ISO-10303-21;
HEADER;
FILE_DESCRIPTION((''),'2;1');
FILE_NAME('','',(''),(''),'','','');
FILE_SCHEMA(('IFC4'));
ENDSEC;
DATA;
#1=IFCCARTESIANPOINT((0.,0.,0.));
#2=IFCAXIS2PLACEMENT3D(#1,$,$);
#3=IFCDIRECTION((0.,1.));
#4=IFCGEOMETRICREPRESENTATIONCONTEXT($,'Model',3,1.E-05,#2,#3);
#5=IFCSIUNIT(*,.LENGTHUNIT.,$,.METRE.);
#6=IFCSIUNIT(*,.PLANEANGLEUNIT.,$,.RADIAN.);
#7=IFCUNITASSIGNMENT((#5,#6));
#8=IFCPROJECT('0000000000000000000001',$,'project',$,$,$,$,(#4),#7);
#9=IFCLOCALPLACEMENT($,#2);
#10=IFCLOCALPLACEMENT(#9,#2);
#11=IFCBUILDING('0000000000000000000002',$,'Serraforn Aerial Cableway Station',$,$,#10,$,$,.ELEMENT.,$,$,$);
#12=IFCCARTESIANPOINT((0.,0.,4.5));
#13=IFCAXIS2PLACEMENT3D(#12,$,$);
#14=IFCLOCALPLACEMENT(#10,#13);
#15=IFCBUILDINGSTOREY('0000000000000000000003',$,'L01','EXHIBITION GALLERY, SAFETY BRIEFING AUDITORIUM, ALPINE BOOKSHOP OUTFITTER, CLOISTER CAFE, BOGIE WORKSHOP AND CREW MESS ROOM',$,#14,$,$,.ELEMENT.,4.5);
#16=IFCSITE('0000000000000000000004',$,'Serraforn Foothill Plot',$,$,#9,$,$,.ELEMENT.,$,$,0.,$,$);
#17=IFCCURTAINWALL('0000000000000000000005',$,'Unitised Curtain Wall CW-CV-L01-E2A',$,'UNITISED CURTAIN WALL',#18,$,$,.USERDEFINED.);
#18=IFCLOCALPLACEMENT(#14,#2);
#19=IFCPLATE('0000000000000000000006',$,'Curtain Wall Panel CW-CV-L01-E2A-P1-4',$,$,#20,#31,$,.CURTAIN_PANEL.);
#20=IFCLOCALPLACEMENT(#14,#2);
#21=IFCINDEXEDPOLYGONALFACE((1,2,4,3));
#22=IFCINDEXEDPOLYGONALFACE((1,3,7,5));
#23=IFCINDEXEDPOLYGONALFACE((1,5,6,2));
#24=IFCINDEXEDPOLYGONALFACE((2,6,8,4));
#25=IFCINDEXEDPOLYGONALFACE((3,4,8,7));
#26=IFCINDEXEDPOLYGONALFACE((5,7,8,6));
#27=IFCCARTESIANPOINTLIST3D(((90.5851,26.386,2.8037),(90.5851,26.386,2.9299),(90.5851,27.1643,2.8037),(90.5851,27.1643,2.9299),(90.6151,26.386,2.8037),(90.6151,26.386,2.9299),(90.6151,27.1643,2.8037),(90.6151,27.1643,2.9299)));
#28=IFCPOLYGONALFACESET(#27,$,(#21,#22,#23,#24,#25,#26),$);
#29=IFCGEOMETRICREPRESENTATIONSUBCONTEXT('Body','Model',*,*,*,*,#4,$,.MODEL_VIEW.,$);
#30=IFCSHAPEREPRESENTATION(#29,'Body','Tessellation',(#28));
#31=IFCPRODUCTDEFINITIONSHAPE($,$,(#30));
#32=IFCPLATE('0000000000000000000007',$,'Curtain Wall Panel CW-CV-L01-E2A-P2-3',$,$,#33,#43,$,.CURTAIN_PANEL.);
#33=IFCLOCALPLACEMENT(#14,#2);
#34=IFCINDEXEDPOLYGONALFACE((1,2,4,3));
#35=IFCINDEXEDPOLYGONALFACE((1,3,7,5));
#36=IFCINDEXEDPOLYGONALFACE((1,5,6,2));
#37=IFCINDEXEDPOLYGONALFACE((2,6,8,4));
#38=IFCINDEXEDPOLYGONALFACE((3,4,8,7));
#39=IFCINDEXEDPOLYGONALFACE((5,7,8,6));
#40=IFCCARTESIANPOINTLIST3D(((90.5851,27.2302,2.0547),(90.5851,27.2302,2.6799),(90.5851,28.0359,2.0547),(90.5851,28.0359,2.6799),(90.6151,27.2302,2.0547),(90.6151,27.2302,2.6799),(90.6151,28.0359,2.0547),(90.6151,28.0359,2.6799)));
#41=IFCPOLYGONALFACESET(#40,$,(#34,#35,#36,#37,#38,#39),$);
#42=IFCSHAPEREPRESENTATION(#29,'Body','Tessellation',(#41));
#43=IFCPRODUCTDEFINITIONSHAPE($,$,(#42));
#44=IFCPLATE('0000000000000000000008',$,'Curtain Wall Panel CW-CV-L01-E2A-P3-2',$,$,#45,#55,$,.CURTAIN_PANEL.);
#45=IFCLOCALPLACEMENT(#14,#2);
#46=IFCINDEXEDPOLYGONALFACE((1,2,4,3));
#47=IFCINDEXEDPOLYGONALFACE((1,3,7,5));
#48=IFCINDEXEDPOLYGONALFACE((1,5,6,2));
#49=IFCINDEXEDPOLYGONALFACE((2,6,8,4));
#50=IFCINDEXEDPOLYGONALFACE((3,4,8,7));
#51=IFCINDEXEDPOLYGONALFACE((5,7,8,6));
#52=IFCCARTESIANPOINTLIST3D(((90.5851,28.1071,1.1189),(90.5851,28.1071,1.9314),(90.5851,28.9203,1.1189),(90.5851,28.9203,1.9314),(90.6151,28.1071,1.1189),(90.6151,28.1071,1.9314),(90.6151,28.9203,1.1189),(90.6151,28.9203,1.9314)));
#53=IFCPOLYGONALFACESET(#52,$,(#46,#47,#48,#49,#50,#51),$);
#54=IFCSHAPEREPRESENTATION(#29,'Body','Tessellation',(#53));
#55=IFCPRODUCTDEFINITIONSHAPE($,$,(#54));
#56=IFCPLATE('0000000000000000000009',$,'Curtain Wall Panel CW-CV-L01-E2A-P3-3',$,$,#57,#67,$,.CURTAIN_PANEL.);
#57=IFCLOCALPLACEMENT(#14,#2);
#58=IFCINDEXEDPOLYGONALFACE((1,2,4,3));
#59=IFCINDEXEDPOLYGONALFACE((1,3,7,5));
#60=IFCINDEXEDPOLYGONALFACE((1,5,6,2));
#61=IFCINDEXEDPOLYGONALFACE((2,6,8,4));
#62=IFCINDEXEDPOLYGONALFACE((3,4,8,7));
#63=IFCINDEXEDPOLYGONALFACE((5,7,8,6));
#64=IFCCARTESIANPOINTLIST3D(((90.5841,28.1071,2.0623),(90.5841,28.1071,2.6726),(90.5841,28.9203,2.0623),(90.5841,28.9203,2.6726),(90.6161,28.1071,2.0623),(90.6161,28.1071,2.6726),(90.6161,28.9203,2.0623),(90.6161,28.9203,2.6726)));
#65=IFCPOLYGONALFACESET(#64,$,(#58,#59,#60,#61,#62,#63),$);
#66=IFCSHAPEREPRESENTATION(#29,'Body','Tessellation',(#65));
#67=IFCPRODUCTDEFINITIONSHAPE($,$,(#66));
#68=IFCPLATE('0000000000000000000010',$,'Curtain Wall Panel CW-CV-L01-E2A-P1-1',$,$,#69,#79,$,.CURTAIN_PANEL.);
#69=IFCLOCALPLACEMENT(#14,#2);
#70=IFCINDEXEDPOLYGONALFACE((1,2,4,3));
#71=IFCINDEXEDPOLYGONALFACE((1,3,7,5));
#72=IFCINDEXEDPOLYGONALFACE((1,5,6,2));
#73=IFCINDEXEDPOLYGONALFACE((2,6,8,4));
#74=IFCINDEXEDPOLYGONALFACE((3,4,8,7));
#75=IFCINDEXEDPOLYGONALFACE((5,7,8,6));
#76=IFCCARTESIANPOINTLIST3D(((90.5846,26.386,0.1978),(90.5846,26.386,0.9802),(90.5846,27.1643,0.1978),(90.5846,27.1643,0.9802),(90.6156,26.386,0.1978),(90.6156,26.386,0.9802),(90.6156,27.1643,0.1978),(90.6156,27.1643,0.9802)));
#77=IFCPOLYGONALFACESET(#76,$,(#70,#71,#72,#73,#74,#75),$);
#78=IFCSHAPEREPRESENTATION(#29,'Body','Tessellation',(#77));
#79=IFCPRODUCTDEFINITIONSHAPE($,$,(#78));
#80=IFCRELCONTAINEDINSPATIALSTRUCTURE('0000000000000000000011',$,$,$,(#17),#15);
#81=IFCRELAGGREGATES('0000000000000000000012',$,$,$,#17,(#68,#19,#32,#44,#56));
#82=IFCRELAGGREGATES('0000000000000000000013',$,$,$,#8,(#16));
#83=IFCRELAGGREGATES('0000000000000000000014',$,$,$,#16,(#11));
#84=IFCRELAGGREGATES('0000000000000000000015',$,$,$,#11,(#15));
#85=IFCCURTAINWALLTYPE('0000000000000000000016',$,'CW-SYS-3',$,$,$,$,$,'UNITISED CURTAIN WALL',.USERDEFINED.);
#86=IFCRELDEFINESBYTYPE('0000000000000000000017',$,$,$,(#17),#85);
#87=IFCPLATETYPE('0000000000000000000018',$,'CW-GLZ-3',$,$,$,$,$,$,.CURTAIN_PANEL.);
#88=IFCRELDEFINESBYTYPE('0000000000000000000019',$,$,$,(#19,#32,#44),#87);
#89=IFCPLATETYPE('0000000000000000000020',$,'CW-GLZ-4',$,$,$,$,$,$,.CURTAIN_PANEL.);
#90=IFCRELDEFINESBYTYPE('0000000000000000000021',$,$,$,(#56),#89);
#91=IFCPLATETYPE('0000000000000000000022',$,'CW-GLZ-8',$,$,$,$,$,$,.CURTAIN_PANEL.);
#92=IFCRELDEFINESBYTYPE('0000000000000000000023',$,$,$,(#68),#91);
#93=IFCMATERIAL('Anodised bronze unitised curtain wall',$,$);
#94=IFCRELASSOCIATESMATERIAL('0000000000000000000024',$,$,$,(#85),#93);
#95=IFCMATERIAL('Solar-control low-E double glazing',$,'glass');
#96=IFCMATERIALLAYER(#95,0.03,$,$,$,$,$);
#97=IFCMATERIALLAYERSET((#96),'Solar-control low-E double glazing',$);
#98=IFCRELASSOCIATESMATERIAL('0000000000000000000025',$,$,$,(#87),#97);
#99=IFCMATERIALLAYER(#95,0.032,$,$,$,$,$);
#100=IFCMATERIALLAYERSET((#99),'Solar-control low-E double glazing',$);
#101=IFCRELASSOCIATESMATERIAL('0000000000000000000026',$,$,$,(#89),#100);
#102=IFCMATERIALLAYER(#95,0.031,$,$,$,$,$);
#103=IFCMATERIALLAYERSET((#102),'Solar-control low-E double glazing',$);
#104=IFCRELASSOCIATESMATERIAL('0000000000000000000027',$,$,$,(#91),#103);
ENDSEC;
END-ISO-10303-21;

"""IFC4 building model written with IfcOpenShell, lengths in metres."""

from ifc_helpers import new_model, si_unit, direction, frame, origin, origin_2d, place, context, subcontext, project, spatial, rectangle, extrude, material, layer, layer_set, type_object, element, aggregate, save


model = new_model("IFC4")

# Units and contexts
model_context = context("Model", 3, precision=1e-05, world=origin(), true_north=direction((0.0, 1.0)))
body_context = subcontext(model_context, "Body", "Model", "MODEL_VIEW")
ifc_project = project(units=[si_unit("LENGTHUNIT", "METRE"), si_unit("PLANEANGLEUNIT", "RADIAN")], contexts=[model_context])

# Site, building, storey
site_placement = place(None, origin())
site = spatial("IfcSite", under=ifc_project, at=site_placement, Name="Serraforn Foothill Plot", CompositionType="ELEMENT", RefElevation=0.0)
building_placement = place(site_placement, origin())
building = spatial("IfcBuilding", under=site, at=building_placement, Name="Serraforn Aerial Cableway Station", CompositionType="ELEMENT")
storey_placement = place(building_placement, frame((0.0, 0.0, 4.5)))
storey = spatial("IfcBuildingStorey", under=building, at=storey_placement, Name="L01", Description="EXHIBITION GALLERY, SAFETY BRIEFING AUDITORIUM, ALPINE BOOKSHOP OUTFITTER, CLOISTER CAFE, BOGIE WORKSHOP AND CREW MESS ROOM", CompositionType="ELEMENT", Elevation=4.5)

# Curtain wall, plates
ifc_material_1 = material(Name="Anodised bronze unitised curtain wall")
curtain_wall_type = type_object("IfcCurtainWallType", Name="CW-SYS-3", ElementType="UNITISED CURTAIN WALL", PredefinedType="USERDEFINED", material=ifc_material_1)
curtain_wall_placement = place(storey_placement, origin())
curtain_wall = element("IfcCurtainWall", 1, at=curtain_wall_placement, inside=storey, type_object=curtain_wall_type, Name="Unitised Curtain Wall CW-CV-L01-E2A", ObjectType="UNITISED CURTAIN WALL", PredefinedType="USERDEFINED")
ifc_material_2 = material(Name="Solar-control low-E double glazing", Category="glass")
ifc_layer_1 = layer(ifc_material_2, 0.03)
ifc_layer_set_1 = layer_set([ifc_layer_1], Name="Solar-control low-E double glazing")
plate_type_1 = type_object("IfcPlateType", Name="CW-GLZ-3", PredefinedType="CURTAIN_PANEL", material=ifc_layer_set_1)
plate_1_placement = place(storey_placement, frame((90.6001, 26.7751, 2.8037), z_axis=(0.0, 0.0, 1.0), x_axis=(1.0, 0.0, 0.0)))
plate_1 = element("IfcPlate", 2, at=plate_1_placement, type_object=plate_type_1, Name="Curtain Wall Panel CW-CV-L01-E2A-P1-4", PredefinedType="CURTAIN_PANEL", context=body_context, shape_type="SweptSolid", body=[
    extrude(rectangle(XDim=0.03, YDim=0.7783, at=origin_2d()), origin(), (0.0, 0.0, 1.0), 0.1262),
])
plate_2_placement = place(storey_placement, frame((90.6001, 27.6331, 2.0547), z_axis=(0.0, 0.0, 1.0), x_axis=(1.0, 0.0, 0.0)))
plate_2 = element("IfcPlate", 3, at=plate_2_placement, type_object=plate_type_1, Name="Curtain Wall Panel CW-CV-L01-E2A-P2-3", PredefinedType="CURTAIN_PANEL", context=body_context, shape_type="SweptSolid", body=[
    extrude(rectangle(XDim=0.03, YDim=0.8057, at=origin_2d()), origin(), (0.0, 0.0, 1.0), 0.6252),
])
plate_3_placement = place(storey_placement, frame((90.6001, 28.5137, 1.1189), z_axis=(0.0, 0.0, 1.0), x_axis=(1.0, 0.0, 0.0)))
plate_3 = element("IfcPlate", 4, at=plate_3_placement, type_object=plate_type_1, Name="Curtain Wall Panel CW-CV-L01-E2A-P3-2", PredefinedType="CURTAIN_PANEL", context=body_context, shape_type="SweptSolid", body=[
    extrude(rectangle(XDim=0.03, YDim=0.8132, at=origin_2d()), origin(), (0.0, 0.0, 1.0), 0.8125),
])
ifc_layer_2 = layer(ifc_material_2, 0.032)
ifc_layer_set_2 = layer_set([ifc_layer_2], Name="Solar-control low-E double glazing")
plate_type_2 = type_object("IfcPlateType", Name="CW-GLZ-4", PredefinedType="CURTAIN_PANEL", material=ifc_layer_set_2)
plate_4_placement = place(storey_placement, frame((90.6001, 28.5137, 2.0623), z_axis=(0.0, 0.0, 1.0), x_axis=(1.0, 0.0, 0.0)))
plate_4 = element("IfcPlate", 5, at=plate_4_placement, type_object=plate_type_2, Name="Curtain Wall Panel CW-CV-L01-E2A-P3-3", PredefinedType="CURTAIN_PANEL", context=body_context, shape_type="SweptSolid", body=[
    extrude(rectangle(XDim=0.032, YDim=0.8132, at=origin_2d()), origin(), (0.0, 0.0, 1.0), 0.6104),
])
ifc_layer_3 = layer(ifc_material_2, 0.031)
ifc_layer_set_3 = layer_set([ifc_layer_3], Name="Solar-control low-E double glazing")
plate_type_3 = type_object("IfcPlateType", Name="CW-GLZ-8", PredefinedType="CURTAIN_PANEL", material=ifc_layer_set_3)
plate_5_placement = place(storey_placement, frame((90.6001, 26.7751, 0.1978), z_axis=(0.0, 0.0, 1.0), x_axis=(1.0, 0.0, 0.0)))
plate_5 = element("IfcPlate", 6, at=plate_5_placement, type_object=plate_type_3, Name="Curtain Wall Panel CW-CV-L01-E2A-P1-1", PredefinedType="CURTAIN_PANEL", context=body_context, shape_type="SweptSolid", body=[
    extrude(rectangle(XDim=0.031, YDim=0.7783, at=origin_2d()), origin(), (0.0, 0.0, 1.0), 0.7825),
])
aggregate(curtain_wall, [plate_5, plate_1, plate_2, plate_3, plate_4])

save(model, "model.ifc")
